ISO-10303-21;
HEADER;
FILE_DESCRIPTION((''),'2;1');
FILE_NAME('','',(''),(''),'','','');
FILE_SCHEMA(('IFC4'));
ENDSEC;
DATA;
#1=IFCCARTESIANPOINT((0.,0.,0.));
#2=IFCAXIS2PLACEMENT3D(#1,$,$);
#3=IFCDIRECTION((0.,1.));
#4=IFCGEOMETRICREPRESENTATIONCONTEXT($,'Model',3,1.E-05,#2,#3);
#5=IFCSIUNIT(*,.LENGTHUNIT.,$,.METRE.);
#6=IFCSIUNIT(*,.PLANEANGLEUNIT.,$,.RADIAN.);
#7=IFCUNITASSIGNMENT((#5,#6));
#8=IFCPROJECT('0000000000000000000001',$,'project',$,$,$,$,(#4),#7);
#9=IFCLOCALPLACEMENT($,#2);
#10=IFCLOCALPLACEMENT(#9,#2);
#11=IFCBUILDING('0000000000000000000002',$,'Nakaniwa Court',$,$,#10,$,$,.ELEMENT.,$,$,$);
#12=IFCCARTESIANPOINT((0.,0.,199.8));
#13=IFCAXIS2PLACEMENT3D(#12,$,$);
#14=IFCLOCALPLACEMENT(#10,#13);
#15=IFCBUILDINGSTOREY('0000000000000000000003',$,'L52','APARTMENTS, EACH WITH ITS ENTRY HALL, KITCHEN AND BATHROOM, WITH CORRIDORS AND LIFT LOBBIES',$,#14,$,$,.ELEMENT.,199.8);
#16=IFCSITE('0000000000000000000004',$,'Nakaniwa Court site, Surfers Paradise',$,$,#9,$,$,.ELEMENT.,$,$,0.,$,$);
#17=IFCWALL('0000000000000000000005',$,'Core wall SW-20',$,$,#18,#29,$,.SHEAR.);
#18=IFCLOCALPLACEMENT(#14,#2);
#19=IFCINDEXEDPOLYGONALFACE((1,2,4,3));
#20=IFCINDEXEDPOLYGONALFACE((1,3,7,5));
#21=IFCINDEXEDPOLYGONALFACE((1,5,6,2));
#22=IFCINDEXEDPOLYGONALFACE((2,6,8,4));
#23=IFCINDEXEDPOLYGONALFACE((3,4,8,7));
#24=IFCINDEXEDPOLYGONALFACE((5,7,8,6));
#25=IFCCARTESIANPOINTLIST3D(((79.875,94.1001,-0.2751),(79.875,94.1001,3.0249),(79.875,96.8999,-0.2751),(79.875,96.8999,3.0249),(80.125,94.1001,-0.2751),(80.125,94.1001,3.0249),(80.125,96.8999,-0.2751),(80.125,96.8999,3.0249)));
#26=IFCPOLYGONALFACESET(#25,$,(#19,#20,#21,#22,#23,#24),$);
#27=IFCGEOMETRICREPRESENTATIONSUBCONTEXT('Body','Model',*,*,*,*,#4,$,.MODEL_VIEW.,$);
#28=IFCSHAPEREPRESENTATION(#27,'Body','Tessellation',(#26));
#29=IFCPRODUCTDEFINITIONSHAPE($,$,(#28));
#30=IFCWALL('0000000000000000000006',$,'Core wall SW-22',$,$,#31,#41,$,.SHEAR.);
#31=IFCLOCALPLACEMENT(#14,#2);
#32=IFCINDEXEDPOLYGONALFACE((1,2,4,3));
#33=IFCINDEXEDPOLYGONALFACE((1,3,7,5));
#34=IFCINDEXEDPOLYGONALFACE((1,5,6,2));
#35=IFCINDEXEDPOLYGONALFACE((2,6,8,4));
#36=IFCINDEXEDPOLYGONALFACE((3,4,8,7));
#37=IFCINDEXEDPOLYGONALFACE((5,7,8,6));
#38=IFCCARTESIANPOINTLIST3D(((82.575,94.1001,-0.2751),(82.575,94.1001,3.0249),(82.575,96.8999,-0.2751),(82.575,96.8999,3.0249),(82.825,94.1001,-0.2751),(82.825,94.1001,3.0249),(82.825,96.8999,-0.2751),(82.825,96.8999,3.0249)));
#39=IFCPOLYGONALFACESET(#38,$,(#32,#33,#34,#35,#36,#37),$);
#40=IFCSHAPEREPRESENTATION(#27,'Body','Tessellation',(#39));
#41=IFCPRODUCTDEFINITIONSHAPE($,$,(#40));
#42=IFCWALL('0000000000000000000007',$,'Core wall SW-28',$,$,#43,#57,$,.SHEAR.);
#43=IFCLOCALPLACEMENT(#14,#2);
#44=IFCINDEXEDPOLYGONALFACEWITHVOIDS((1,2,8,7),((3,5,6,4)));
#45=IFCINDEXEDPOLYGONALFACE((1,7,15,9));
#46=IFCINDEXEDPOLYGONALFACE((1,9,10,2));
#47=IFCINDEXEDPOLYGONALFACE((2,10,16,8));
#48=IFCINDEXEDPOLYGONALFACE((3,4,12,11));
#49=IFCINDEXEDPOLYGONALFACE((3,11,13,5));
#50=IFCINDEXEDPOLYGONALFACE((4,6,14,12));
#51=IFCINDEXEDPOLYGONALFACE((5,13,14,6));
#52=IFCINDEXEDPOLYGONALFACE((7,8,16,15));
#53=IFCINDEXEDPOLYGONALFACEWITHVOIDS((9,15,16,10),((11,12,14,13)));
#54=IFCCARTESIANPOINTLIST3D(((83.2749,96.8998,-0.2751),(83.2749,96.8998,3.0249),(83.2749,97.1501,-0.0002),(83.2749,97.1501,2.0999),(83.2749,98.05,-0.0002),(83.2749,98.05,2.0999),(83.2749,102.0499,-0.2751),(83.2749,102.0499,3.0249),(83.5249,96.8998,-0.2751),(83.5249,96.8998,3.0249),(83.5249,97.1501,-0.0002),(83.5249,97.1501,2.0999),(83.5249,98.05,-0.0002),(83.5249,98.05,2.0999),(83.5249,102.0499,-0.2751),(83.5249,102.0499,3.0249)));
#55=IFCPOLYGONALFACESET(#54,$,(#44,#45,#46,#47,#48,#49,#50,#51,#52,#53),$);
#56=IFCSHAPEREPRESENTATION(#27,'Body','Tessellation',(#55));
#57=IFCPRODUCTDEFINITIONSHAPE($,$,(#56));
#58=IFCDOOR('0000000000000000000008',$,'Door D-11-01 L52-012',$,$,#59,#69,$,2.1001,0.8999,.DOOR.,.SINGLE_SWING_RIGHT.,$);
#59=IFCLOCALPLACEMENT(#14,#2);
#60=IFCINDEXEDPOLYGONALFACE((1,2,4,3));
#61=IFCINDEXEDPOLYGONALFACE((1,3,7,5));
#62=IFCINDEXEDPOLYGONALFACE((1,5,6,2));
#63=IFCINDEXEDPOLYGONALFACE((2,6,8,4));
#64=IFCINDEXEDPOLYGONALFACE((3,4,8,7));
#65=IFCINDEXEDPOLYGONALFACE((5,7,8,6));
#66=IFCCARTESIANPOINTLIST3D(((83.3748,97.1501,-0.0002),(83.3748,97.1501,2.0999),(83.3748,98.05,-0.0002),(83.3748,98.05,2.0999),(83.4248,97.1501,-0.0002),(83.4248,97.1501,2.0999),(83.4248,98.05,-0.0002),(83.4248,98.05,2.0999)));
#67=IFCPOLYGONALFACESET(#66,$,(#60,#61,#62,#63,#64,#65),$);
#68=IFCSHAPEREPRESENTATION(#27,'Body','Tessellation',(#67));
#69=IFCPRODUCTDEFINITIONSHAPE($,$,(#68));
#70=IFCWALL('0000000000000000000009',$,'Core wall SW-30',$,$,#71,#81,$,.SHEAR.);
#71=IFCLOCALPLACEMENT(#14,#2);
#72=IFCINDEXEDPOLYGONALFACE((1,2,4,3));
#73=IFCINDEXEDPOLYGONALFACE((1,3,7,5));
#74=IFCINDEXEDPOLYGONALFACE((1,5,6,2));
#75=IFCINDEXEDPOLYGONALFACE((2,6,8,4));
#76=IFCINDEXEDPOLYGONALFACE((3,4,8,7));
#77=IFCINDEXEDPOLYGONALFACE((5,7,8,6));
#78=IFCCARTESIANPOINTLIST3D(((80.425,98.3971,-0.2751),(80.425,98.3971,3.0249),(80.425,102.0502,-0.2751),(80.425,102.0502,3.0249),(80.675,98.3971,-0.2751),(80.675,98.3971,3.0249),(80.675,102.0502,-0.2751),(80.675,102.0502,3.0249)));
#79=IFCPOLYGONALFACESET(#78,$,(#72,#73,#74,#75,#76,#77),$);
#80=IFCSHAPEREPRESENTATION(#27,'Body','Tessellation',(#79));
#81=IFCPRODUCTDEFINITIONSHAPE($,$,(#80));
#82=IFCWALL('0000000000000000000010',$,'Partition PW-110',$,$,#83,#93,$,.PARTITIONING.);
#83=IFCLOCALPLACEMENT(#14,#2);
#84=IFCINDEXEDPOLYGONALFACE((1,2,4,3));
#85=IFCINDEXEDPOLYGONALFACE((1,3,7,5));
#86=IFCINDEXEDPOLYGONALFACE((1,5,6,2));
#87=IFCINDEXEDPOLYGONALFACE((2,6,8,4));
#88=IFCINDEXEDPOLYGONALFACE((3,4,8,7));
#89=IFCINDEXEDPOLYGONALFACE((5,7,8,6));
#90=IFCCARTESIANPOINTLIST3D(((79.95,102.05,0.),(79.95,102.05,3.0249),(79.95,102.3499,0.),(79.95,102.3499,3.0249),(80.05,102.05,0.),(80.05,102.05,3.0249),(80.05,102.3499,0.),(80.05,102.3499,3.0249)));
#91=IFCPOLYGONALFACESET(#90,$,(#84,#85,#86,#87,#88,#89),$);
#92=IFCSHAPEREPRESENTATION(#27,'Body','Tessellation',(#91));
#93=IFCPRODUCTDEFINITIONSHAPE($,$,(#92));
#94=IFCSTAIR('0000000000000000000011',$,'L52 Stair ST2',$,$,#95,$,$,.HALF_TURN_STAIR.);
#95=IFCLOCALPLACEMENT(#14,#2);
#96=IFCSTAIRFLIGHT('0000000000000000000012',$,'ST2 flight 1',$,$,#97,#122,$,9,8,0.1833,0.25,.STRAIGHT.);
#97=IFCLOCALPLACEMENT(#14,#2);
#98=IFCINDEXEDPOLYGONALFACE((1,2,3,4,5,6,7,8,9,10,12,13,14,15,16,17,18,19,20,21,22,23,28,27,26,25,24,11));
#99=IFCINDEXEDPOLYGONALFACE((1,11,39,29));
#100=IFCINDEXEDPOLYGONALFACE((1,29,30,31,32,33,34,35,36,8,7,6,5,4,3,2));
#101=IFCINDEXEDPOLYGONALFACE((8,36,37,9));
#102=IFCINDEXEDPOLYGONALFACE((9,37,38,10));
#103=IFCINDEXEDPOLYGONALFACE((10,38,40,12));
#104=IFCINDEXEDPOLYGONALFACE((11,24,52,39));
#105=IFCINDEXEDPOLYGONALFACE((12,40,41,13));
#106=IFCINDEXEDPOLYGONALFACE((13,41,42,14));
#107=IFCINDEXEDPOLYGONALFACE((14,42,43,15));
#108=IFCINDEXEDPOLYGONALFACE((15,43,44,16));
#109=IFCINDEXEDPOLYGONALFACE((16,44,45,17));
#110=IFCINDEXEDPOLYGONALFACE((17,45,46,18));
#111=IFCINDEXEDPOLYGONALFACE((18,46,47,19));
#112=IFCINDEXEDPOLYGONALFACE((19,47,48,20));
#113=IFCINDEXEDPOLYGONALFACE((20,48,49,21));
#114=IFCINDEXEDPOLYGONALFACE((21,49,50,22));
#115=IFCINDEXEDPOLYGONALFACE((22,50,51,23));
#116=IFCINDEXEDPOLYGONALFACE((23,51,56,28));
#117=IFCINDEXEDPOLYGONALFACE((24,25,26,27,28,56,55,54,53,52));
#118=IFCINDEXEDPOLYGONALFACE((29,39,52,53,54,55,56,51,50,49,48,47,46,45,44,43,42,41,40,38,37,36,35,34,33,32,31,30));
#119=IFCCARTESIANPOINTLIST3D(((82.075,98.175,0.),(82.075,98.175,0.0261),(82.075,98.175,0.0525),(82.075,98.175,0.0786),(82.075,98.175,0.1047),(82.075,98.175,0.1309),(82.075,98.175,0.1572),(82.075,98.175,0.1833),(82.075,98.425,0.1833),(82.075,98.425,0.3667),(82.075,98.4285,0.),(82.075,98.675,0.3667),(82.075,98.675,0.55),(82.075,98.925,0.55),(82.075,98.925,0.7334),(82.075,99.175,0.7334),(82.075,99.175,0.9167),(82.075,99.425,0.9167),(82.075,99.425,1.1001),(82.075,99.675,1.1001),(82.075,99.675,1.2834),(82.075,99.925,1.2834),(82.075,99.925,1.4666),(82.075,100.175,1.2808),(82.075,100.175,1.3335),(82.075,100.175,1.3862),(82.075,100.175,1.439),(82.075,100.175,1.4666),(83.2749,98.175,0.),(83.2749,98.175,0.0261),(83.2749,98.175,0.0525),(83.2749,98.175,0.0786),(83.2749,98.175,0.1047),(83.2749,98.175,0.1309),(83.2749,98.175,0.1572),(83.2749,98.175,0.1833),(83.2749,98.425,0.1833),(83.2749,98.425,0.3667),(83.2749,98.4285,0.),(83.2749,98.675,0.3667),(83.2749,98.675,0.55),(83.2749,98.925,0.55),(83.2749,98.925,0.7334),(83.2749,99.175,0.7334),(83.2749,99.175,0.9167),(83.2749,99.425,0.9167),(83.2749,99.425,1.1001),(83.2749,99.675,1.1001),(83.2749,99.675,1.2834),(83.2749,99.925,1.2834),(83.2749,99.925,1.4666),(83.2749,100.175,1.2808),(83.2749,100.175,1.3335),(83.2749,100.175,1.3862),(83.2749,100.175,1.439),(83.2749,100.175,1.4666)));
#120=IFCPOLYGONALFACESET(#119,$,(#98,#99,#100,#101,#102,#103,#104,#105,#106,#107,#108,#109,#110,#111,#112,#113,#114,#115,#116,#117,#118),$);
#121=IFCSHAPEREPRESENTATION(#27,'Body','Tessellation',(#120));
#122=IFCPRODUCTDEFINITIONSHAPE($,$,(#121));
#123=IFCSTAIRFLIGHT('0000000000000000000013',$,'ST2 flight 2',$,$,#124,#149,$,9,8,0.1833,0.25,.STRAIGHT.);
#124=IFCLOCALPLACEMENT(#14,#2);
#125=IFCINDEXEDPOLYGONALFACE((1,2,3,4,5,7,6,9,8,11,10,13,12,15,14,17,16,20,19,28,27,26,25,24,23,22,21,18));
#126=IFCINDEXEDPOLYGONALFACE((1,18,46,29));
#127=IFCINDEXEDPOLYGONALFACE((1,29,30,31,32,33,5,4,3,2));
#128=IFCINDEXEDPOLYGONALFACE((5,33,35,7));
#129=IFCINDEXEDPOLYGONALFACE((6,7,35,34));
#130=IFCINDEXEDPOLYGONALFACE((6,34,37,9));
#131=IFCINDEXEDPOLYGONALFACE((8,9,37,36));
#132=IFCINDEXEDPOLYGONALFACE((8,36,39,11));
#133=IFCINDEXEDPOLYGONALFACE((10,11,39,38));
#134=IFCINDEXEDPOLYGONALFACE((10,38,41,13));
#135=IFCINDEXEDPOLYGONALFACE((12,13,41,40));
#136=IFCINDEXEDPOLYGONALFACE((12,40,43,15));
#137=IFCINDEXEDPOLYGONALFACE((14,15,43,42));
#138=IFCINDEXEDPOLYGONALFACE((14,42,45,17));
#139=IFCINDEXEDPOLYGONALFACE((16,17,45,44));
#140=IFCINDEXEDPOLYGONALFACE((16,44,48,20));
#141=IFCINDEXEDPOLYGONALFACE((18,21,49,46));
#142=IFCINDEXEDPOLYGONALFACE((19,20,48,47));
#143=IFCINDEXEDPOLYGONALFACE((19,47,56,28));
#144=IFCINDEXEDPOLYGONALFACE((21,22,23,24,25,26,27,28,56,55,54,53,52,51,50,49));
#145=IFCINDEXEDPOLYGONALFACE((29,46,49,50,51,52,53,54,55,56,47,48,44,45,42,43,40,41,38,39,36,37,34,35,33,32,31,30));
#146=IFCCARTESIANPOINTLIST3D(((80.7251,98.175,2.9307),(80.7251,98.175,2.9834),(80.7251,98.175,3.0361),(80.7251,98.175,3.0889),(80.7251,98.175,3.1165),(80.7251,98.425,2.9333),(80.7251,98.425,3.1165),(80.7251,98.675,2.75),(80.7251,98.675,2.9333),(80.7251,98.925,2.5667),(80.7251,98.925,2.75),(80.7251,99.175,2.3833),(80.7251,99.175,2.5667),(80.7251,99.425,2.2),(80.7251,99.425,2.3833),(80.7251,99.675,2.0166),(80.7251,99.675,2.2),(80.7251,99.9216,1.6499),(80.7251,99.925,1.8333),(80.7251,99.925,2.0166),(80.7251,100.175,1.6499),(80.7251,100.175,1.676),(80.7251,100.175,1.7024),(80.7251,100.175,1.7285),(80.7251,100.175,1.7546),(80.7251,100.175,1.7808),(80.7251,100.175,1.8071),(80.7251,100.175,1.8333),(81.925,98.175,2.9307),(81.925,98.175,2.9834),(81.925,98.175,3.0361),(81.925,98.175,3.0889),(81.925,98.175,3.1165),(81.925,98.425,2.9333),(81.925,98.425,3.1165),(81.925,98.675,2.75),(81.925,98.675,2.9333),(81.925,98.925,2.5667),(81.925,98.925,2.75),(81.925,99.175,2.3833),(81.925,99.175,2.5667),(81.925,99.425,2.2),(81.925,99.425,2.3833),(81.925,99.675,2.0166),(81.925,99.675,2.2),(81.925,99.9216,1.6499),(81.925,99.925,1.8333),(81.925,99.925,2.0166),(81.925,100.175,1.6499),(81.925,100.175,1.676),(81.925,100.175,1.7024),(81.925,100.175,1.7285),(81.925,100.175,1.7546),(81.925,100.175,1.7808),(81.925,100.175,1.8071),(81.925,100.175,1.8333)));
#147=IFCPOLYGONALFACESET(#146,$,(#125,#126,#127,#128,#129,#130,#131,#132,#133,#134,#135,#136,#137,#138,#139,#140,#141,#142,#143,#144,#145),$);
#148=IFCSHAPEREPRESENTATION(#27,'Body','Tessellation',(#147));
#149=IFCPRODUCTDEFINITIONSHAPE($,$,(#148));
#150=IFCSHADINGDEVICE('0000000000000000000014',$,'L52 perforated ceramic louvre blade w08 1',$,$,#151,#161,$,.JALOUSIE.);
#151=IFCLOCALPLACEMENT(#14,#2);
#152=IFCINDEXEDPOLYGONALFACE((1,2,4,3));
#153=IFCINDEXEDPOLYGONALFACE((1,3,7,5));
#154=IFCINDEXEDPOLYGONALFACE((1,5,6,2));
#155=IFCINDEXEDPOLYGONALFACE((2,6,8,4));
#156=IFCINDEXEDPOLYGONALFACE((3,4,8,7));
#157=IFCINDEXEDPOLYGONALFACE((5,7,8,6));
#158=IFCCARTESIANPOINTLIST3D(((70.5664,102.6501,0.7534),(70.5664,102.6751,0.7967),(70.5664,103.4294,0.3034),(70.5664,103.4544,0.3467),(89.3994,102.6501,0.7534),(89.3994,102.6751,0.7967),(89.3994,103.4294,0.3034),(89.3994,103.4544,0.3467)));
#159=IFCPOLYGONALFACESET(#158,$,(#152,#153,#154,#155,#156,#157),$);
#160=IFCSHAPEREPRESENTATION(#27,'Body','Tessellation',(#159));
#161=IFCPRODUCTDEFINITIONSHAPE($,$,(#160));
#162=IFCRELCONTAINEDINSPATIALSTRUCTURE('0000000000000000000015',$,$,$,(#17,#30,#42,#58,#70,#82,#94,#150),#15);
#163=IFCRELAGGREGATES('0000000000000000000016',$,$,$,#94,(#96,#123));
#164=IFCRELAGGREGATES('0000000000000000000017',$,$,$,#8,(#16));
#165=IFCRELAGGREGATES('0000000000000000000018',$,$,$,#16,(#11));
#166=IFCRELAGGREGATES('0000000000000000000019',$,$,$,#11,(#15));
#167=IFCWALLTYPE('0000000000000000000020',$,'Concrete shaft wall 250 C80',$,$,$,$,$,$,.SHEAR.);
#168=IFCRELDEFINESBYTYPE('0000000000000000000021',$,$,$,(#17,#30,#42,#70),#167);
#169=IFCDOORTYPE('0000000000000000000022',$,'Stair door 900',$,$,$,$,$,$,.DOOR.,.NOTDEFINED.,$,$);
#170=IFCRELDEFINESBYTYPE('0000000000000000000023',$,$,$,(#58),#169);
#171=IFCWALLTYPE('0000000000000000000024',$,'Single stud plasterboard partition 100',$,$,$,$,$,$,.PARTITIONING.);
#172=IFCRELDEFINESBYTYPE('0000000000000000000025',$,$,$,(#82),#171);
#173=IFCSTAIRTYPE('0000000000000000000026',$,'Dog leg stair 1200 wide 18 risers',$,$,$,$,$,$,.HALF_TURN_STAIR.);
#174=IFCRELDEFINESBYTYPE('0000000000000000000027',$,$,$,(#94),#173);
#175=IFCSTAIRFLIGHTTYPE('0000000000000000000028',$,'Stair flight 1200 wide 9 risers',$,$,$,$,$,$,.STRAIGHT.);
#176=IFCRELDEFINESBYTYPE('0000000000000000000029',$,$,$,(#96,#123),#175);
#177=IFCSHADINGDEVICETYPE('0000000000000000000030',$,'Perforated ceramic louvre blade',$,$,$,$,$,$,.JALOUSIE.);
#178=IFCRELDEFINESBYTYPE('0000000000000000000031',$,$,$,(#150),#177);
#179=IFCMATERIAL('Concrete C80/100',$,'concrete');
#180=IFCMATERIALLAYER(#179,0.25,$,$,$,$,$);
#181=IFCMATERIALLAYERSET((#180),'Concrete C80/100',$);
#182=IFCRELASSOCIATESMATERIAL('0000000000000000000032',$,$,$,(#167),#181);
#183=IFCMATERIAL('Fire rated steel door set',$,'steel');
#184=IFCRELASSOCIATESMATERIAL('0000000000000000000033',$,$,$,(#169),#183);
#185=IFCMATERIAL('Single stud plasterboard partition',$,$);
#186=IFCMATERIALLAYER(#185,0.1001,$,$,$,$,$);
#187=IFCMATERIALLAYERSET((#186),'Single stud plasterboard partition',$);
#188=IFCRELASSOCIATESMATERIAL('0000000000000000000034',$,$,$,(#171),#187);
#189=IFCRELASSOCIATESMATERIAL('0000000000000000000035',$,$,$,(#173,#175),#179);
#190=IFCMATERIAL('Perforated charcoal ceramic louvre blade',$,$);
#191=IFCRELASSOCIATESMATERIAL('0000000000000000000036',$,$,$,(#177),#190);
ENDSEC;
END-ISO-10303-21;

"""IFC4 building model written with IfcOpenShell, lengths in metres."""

from ifc_helpers import new_model, si_unit, direction, frame, frame_2d, origin, origin_2d, place, context, subcontext, project, spatial, polyline, rectangle, outline, extrude, material, layer, layer_set, material_profile, profile_set, type_object, element, fill, aggregate, save


model = new_model("IFC4")

# Units and contexts
model_context = context("Model", 3, precision=1e-05, world=origin(), true_north=direction((0.0, 1.0)))
body_context = subcontext(model_context, "Body", "Model", "MODEL_VIEW")
ifc_project = project(units=[si_unit("LENGTHUNIT", "METRE"), si_unit("PLANEANGLEUNIT", "RADIAN")], contexts=[model_context])

# Site, building, storey
site_placement = place(None, origin())
site = spatial("IfcSite", under=ifc_project, at=site_placement, Name="Nakaniwa Court site, Surfers Paradise", CompositionType="ELEMENT", RefElevation=0.0)
building_placement = place(site_placement, origin())
building = spatial("IfcBuilding", under=site, at=building_placement, Name="Nakaniwa Court", CompositionType="ELEMENT")
storey_placement = place(building_placement, frame((0.0, 0.0, 199.8)))
storey = spatial("IfcBuildingStorey", under=building, at=storey_placement, Name="L52", Description="APARTMENTS, EACH WITH ITS ENTRY HALL, KITCHEN AND BATHROOM, WITH CORRIDORS AND LIFT LOBBIES", CompositionType="ELEMENT", Elevation=199.8)

# Shared definitions
ifc_material_1 = material(Name="Fire rated steel door set", Category="steel")
ifc_material_2 = material(Name="Concrete C80/100", Category="concrete")

# Shared definitions
ifc_layer_1 = layer(ifc_material_2, 0.25)
ifc_layer_set_1 = layer_set([ifc_layer_1], Name="Concrete C80/100")
wall_type_1 = type_object("IfcWallType", Name="Concrete shaft wall 250 C80", PredefinedType="SHEAR", material=ifc_layer_set_1)

# Walls
for number, where, z_axis, x_axis, name in (
    (1, (80.0, 94.1001, -0.2751), (0.0, 0.0, 1.0), (0.0, 1.0, 0.0), "Core wall SW-20"),
    (2, (82.7, 94.1001, -0.2751), (0.0, 0.0, 1.0), (0.0, 1.0, 0.0), "Core wall SW-22"),
):
    element("IfcWall", number, at=place(storey_placement, frame(where, z_axis=z_axis, x_axis=x_axis)), inside=storey, type_object=wall_type_1, Name=name, PredefinedType="SHEAR", context=body_context, shape_type="SweptSolid", body=[
        extrude(rectangle(XDim=2.7998, YDim=0.25, at=frame_2d((1.3999, 0.0))), origin(), (0.0, 0.0, 1.0), 3.3),
    ])

# Wall, opening, door
wall_1_placement = place(storey_placement, frame((83.3999, 102.05, -0.2751), z_axis=(0.0, 0.0, 1.0), x_axis=(0.0, -1.0, 0.0)))
wall_1 = element("IfcWall", 3, at=wall_1_placement, inside=storey, type_object=wall_type_1, Name="Core wall SW-28", PredefinedType="SHEAR", context=body_context, shape_type="SweptSolid", body=[
    extrude(rectangle(XDim=5.1501, YDim=0.25, at=frame_2d((2.5752, 0.0))), origin(), (0.0, 0.0, 1.0), 3.3),
])
opening_1_placement = place(wall_1_placement, frame((4.0, 0.0, 0.2749)))
opening_1 = element("IfcOpeningElement", 4, at=opening_1_placement, cuts=wall_1, PredefinedType="OPENING", context=body_context, shape_type="SweptSolid", body=[
    extrude(rectangle(XDim=0.8999, YDim=2.1001, at=frame_2d((0.45, 1.05))), frame((0.0, 0.135, 0.0), z_axis=(0.0, -1.0, 0.0), x_axis=(1.0, 0.0, 0.0)), (0.0, 0.0, 1.0), 0.27),
])
door_type_1 = type_object("IfcDoorType", Name="Stair door 900", OperationType="NOTDEFINED", PredefinedType="DOOR", material=ifc_material_1)
door_1_placement = place(opening_1_placement, origin())
door_1 = element("IfcDoor", 5, at=door_1_placement, inside=storey, type_object=door_type_1, Name="Door D-11-01 L52-012", OperationType="SINGLE_SWING_RIGHT", OverallHeight=2.1001, OverallWidth=0.8999, PredefinedType="DOOR", context=body_context, shape_type="SweptSolid", body=[
    extrude(rectangle(XDim=0.8999, YDim=2.1001, at=frame_2d((0.45, 1.05))), frame((0.0, 0.0249, 0.0), z_axis=(0.0, -1.0, 0.0), x_axis=(1.0, 0.0, 0.0)), (0.0, 0.0, 1.0), 0.05),
])
fill(opening_1, door_1)

# Walls
wall_2_placement = place(storey_placement, frame((80.55, 98.397, -0.2751), z_axis=(0.0, 0.0, 1.0), x_axis=(0.0, 1.0, 0.0)))
element("IfcWall", 6, at=wall_2_placement, inside=storey, type_object=wall_type_1, Name="Core wall SW-30", PredefinedType="SHEAR", context=body_context, shape_type="SweptSolid", body=[
    extrude(rectangle(XDim=3.6531, YDim=0.25, at=frame_2d((1.8267, 0.0))), origin(), (0.0, 0.0, 1.0), 3.3),
])
ifc_material_3 = material(Name="Single stud plasterboard partition")
ifc_layer_2 = layer(ifc_material_3, 0.1001)
ifc_layer_set_2 = layer_set([ifc_layer_2], Name="Single stud plasterboard partition")
wall_type_2 = type_object("IfcWallType", Name="Single stud plasterboard partition 100", PredefinedType="PARTITIONING", material=ifc_layer_set_2)
wall_3_placement = place(storey_placement, frame((80.0, 102.05, 0.0), z_axis=(0.0, 0.0, 1.0), x_axis=(0.0, 1.0, 0.0)))
element("IfcWall", 7, at=wall_3_placement, inside=storey, type_object=wall_type_2, Name="Partition PW-110", PredefinedType="PARTITIONING", context=body_context, shape_type="SweptSolid", body=[
    extrude(rectangle(XDim=0.2998, YDim=0.1001, at=frame_2d((0.1499, 0.0))), origin(), (0.0, 0.0, 1.0), 3.0249),
])

# Stair, stair flights
stair_type = type_object("IfcStairType", Name="Dog leg stair 1200 wide 18 risers", PredefinedType="HALF_TURN_STAIR", material=ifc_material_2)
stair_placement = place(storey_placement, origin())
stair = element("IfcStair", 8, at=stair_placement, inside=storey, type_object=stair_type, Name="L52 Stair ST2", PredefinedType="HALF_TURN_STAIR")
stair_flight_type = type_object("IfcStairFlightType", Name="Stair flight 1200 wide 9 risers", PredefinedType="STRAIGHT", material=ifc_material_2)
stair_flight_1_placement = place(storey_placement, frame((82.675, 98.175, 0.0), z_axis=(0.0, 0.0, 1.0), x_axis=(0.0, 1.0, 0.0)))
stair_flight_1 = element("IfcStairFlight", 9, at=stair_flight_1_placement, type_object=stair_flight_type, Name="ST2 flight 1", NumberOfRisers=9, NumberOfTreads=8, PredefinedType="STRAIGHT", RiserHeight=0.1833, TreadLength=0.25, context=body_context, shape_type="SweptSolid", body=[
    extrude(outline(polyline([(0.0, 0.0), (0.0, 0.0261), (0.0, 0.0525), (0.0, 0.0786), (0.0, 0.1047), (0.0, 0.1309), (0.0, 0.1572), (0.0, 0.1833), (0.25, 0.1833), (0.25, 0.3667), (0.5, 0.3667), (0.5, 0.55), (0.75, 0.55), (0.75, 0.7334), (1.0, 0.7334), (1.0, 0.9167), (1.25, 0.9167), (1.25, 1.1001), (1.5, 1.1001), (1.5, 1.2834), (1.75, 1.2834), (1.75, 1.4666), (2.0, 1.4666), (2.0, 1.6499), (2.0, 1.5972), (2.0, 1.5444), (2.0, 1.4917), (2.0, 1.439), (2.0, 1.3862), (2.0, 1.3335), (2.0, 1.2808), (0.2534, 0.0), (0.0, 0.0)])), frame((0.0, 0.6001, 0.0), z_axis=(0.0, -1.0, 0.0), x_axis=(1.0, 0.0, 0.0)), (0.0, 0.0, 1.0), 1.2),
])
stair_flight_2_placement = place(storey_placement, frame((81.325, 100.175, 1.6499), z_axis=(0.0, 0.0, 1.0), x_axis=(0.0, -1.0, 0.0)))
stair_flight_2 = element("IfcStairFlight", 10, at=stair_flight_2_placement, type_object=stair_flight_type, Name="ST2 flight 2", NumberOfRisers=9, NumberOfTreads=8, PredefinedType="STRAIGHT", RiserHeight=0.1833, TreadLength=0.25, context=body_context, shape_type="SweptSolid", body=[
    extrude(outline(polyline([(0.0, 0.0), (0.0, 0.0261), (0.0, 0.0525), (0.0, 0.0786), (0.0, 0.1047), (0.0, 0.1309), (0.0, 0.1572), (0.0, 0.1833), (0.25, 0.1833), (0.25, 0.3667), (0.5, 0.3667), (0.5, 0.55), (0.75, 0.55), (0.75, 0.7334), (1.0, 0.7334), (1.0, 0.9167), (1.25, 0.9167), (1.25, 1.1001), (1.5, 1.1001), (1.5, 1.2834), (1.75, 1.2834), (1.75, 1.4666), (2.0, 1.4666), (2.0, 1.6499), (2.0, 1.5972), (2.0, 1.5444), (2.0, 1.4917), (2.0, 1.439), (2.0, 1.3862), (2.0, 1.3335), (2.0, 1.2808), (0.2534, 0.0), (0.0, 0.0)])), frame((0.0, 0.6001, 0.0), z_axis=(0.0, -1.0, 0.0), x_axis=(1.0, 0.0, 0.0)), (0.0, 0.0, 1.0), 1.2),
])
aggregate(stair, [stair_flight_1, stair_flight_2])

# Shading device
ifc_material_4 = material(Name="Perforated charcoal ceramic louvre blade")
ifc_material_profile = material_profile(ifc_material_4, rectangle(XDim=0.8999, YDim=0.05, at=origin_2d()), Name="Perforated ceramic louvre blade")
ifc_profile_set = profile_set([ifc_material_profile], Name="Perforated charcoal ceramic louvre blade")
shading_device_type = type_object("IfcShadingDeviceType", Name="Perforated ceramic louvre blade", PredefinedType="JALOUSIE", material=ifc_profile_set)
shading_device_placement = place(storey_placement, frame((89.3994, 103.0522, 0.55), z_axis=(-1.0, 0.0, 0.0), x_axis=(0.0, -0.866025, 0.5)))
element("IfcShadingDevice", 11, at=shading_device_placement, inside=storey, type_object=shading_device_type, Name="L52 perforated ceramic louvre blade w08 1", PredefinedType="JALOUSIE", context=body_context, shape_type="SweptSolid", body=[
    extrude(rectangle(XDim=0.8999, YDim=0.05, at=origin_2d()), origin(), (0.0, 0.0, 1.0), 18.833),
])

save(model, "model.ifc")
